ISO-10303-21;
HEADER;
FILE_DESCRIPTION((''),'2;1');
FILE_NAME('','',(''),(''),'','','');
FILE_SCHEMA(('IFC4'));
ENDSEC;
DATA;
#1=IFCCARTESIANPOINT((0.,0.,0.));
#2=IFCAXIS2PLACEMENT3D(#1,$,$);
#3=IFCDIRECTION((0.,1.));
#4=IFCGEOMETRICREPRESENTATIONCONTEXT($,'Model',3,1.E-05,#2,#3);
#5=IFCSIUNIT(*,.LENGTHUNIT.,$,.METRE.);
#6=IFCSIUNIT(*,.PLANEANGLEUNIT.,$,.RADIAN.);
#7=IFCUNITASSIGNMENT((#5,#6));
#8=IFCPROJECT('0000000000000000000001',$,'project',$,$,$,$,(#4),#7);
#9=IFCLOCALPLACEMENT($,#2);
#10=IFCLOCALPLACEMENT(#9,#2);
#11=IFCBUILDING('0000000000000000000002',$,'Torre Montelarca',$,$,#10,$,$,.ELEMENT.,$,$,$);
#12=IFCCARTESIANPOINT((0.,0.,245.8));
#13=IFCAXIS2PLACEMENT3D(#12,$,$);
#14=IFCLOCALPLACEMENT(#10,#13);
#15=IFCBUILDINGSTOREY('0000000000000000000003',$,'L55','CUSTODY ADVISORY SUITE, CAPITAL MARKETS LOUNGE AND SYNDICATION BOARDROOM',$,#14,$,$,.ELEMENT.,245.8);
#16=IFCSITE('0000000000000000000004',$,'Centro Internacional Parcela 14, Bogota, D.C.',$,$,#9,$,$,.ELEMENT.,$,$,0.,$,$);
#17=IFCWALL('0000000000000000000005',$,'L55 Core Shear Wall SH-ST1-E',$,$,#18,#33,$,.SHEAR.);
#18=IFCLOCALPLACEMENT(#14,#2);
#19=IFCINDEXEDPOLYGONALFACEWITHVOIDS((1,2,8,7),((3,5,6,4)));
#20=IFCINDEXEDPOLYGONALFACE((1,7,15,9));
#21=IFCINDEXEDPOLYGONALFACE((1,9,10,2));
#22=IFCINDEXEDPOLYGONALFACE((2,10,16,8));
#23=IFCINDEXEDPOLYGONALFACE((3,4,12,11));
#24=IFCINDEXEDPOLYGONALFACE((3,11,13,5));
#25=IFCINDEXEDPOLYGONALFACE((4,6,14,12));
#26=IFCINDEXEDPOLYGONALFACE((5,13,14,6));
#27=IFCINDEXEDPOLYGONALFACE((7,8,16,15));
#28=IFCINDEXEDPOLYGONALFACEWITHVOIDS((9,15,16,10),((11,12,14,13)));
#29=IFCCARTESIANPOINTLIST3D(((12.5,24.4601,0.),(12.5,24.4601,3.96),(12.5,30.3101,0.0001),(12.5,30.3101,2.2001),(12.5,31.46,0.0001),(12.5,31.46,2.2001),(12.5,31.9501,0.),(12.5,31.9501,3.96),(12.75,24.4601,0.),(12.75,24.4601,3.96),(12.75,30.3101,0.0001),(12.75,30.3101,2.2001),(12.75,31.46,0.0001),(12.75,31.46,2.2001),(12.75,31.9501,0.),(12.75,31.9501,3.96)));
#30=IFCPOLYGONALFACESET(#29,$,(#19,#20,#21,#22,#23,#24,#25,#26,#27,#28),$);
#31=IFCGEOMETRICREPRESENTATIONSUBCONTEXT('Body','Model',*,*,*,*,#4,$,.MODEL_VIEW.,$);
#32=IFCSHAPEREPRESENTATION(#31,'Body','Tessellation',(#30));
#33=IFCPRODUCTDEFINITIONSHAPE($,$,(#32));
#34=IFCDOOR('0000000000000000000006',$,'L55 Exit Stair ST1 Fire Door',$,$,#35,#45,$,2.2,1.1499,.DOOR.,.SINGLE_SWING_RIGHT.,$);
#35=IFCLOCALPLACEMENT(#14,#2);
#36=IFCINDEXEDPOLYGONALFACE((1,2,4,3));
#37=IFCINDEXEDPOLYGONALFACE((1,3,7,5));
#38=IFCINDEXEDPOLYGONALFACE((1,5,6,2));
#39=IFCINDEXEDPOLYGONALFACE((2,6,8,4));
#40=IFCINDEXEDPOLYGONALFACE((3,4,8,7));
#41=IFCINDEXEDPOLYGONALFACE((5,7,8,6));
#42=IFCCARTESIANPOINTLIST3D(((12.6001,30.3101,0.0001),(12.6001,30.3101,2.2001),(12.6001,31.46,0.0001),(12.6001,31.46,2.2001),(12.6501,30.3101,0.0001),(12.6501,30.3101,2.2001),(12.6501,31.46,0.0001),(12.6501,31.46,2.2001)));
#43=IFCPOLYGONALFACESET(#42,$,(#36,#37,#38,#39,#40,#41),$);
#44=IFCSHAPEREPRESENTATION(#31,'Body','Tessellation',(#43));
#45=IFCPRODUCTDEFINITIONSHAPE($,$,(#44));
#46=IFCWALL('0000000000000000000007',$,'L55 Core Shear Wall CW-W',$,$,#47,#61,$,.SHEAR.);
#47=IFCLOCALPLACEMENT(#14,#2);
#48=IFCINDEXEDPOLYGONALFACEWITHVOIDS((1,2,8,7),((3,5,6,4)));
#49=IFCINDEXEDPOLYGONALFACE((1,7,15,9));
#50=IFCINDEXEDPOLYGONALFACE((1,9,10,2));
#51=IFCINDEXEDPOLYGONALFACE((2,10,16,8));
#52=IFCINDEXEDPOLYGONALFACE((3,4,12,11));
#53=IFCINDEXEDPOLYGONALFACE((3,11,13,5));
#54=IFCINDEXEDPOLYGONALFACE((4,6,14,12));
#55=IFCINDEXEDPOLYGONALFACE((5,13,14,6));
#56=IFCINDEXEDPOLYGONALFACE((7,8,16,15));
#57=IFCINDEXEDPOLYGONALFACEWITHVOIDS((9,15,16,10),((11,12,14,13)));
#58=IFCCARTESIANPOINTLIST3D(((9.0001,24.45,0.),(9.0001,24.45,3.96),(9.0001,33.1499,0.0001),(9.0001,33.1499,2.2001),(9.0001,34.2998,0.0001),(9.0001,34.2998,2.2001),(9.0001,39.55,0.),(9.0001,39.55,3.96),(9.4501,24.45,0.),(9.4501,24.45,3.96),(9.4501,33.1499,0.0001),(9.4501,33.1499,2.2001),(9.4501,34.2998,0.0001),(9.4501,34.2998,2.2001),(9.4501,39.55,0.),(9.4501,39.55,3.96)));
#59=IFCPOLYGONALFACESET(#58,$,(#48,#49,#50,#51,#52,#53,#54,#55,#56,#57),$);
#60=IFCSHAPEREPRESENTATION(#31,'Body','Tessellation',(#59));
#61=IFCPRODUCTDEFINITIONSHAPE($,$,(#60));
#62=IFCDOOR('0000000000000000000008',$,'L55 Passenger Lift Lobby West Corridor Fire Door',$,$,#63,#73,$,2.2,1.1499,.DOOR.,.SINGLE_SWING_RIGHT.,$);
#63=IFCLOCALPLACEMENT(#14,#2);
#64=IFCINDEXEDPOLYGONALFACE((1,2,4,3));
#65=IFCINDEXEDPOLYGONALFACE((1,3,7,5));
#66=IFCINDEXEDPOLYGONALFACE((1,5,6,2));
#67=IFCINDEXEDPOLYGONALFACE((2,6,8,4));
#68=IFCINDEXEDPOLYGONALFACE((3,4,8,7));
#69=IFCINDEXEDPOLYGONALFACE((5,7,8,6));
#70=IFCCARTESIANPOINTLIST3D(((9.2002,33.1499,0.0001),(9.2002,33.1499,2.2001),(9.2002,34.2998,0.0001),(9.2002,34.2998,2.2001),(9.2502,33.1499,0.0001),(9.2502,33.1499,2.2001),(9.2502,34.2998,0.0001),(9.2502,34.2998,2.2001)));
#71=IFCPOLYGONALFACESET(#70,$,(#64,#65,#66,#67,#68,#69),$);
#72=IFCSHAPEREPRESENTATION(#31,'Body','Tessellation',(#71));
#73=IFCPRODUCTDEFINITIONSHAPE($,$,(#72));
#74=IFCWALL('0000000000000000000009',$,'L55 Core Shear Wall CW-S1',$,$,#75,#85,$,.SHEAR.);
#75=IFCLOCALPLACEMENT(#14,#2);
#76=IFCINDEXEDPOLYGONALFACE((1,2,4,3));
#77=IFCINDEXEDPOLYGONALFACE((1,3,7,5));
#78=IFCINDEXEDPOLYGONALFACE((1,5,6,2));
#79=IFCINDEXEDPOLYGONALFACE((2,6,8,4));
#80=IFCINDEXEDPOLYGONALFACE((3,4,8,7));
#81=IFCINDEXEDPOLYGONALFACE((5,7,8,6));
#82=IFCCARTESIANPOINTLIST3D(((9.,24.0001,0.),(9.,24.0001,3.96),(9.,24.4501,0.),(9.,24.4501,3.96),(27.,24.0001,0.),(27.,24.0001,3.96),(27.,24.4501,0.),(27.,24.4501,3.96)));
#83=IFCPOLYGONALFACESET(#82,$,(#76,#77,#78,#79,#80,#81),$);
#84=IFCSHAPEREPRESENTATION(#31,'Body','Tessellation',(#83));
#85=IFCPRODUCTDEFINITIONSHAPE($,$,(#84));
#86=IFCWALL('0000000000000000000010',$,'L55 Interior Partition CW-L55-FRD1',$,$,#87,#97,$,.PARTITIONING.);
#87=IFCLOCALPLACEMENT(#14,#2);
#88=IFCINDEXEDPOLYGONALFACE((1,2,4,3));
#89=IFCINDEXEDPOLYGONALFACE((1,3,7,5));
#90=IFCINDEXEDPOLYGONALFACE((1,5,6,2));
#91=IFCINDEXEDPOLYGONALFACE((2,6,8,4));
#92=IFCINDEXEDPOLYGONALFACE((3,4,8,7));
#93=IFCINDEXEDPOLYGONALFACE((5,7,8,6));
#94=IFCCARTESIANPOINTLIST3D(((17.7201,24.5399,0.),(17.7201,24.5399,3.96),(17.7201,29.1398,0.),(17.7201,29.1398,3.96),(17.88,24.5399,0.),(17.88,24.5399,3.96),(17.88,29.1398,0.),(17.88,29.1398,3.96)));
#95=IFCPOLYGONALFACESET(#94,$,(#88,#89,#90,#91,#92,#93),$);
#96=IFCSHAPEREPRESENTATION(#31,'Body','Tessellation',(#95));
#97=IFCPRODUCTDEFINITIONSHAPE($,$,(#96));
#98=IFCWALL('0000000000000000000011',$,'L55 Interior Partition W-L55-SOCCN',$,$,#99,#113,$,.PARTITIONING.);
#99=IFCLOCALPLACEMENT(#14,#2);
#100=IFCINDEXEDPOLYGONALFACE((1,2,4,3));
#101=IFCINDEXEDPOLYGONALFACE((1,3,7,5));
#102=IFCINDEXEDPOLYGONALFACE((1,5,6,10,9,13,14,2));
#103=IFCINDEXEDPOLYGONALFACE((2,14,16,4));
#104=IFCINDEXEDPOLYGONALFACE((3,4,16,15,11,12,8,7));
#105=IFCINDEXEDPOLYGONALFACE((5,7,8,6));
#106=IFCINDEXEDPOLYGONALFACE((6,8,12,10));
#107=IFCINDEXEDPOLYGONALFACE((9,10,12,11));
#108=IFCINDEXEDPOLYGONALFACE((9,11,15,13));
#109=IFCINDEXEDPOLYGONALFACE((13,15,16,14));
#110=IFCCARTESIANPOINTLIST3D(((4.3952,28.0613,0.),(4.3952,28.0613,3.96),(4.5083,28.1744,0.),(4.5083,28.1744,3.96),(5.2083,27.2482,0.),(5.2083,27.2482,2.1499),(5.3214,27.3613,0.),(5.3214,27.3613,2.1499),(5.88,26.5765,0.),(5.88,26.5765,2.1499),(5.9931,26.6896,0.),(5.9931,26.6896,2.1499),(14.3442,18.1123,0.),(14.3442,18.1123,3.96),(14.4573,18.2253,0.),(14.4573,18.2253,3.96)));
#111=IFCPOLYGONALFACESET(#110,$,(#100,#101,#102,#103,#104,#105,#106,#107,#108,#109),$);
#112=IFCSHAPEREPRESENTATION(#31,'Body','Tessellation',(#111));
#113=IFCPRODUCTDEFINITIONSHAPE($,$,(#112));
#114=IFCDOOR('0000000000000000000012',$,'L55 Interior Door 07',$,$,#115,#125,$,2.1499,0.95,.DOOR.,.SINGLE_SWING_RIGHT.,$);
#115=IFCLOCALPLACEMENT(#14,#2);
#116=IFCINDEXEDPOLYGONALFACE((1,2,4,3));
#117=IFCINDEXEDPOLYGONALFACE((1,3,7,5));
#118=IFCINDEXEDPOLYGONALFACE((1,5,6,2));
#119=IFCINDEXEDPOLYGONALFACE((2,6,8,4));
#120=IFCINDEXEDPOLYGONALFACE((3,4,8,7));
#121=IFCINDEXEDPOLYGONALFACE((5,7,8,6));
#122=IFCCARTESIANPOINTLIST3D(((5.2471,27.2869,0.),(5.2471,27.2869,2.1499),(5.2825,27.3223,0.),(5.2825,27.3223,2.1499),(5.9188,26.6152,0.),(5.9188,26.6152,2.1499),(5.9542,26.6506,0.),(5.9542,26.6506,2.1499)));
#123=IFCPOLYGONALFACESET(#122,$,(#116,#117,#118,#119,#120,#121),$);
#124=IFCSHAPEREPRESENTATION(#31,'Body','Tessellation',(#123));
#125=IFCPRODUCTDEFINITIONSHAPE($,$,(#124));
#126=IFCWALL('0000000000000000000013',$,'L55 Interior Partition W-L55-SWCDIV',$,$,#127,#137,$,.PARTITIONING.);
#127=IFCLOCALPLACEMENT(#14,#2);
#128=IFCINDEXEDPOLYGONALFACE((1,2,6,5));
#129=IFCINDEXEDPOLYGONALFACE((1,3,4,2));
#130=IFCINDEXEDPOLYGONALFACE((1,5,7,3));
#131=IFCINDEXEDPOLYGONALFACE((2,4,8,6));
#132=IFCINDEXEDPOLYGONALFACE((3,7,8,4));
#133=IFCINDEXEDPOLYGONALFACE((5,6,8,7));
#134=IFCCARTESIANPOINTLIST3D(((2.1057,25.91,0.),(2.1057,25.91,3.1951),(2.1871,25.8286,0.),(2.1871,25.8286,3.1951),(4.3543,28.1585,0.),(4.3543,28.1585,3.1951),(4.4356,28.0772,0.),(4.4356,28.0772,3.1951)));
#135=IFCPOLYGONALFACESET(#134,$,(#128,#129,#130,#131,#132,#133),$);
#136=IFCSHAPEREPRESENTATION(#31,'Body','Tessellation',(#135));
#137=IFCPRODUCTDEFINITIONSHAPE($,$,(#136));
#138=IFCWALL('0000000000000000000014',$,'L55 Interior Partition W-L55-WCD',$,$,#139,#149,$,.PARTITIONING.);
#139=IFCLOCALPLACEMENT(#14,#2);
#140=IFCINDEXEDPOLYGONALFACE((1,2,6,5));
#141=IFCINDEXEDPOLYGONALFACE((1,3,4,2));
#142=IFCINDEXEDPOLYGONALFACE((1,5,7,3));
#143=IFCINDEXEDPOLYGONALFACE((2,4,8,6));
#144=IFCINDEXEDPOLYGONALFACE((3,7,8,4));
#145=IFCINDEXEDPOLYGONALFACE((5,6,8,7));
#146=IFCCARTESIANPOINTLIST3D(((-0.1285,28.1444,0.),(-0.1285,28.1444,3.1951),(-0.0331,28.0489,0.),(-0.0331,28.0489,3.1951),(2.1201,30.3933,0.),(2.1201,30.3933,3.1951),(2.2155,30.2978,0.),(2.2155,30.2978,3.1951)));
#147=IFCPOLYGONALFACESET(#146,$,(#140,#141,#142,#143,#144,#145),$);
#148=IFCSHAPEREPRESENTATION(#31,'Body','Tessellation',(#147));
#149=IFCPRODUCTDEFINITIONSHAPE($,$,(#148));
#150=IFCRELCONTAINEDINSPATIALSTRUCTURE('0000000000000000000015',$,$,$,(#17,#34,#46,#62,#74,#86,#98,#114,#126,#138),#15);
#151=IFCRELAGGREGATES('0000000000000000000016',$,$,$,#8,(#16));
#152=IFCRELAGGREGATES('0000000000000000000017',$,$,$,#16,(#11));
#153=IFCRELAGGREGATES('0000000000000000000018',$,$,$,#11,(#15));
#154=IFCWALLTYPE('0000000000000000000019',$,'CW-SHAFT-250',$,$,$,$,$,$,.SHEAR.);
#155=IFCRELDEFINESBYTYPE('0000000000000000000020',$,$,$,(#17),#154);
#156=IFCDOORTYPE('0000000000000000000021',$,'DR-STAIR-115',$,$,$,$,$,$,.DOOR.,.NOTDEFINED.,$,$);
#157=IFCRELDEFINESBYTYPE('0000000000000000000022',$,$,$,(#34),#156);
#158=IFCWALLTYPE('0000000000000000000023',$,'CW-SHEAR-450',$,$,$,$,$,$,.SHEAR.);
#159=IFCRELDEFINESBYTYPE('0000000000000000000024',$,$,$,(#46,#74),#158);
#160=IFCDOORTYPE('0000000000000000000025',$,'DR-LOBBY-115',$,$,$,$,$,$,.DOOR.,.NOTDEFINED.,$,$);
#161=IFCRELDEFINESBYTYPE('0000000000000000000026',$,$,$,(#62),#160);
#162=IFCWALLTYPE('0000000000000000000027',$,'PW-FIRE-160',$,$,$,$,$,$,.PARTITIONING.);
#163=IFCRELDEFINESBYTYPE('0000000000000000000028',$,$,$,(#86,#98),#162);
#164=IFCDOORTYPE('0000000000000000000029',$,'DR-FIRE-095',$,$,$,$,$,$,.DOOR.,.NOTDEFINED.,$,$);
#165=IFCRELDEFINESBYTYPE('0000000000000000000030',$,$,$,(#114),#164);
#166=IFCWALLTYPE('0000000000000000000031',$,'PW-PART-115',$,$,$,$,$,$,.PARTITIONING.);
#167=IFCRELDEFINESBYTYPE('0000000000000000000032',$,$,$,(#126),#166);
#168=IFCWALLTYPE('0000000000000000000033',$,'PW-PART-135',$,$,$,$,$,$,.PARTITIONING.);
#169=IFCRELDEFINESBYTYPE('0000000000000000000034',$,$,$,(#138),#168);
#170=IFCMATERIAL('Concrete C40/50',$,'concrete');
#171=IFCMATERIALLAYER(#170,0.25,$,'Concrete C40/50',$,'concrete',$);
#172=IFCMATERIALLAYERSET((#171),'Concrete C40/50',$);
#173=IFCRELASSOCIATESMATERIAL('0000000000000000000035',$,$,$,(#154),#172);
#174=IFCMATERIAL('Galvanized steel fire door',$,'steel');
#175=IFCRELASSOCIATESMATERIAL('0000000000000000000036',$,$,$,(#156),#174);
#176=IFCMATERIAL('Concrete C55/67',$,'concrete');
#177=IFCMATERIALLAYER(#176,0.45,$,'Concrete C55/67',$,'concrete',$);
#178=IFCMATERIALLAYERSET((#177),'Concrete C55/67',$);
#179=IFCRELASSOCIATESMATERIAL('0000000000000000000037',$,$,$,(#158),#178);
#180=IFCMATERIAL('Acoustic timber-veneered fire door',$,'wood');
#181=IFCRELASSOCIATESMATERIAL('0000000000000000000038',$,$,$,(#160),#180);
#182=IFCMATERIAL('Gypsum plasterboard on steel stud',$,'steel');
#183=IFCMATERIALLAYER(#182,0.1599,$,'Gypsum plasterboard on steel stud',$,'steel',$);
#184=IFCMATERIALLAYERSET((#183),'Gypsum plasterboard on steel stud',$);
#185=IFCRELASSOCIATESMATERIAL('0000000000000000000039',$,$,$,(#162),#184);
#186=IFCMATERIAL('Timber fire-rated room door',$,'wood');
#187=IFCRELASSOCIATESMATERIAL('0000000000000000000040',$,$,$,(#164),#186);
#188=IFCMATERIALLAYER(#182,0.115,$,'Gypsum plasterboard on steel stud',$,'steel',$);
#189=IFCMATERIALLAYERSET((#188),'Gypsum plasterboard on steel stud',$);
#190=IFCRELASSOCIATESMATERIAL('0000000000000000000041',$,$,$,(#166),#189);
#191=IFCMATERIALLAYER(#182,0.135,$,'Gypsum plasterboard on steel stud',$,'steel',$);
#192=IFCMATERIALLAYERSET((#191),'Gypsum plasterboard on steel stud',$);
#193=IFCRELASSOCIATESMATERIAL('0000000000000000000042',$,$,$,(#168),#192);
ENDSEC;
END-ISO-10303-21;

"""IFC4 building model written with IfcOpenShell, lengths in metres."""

from ifc_helpers import new_model, si_unit, direction, frame, frame_2d, origin, place, context, subcontext, project, spatial, rectangle, extrude, source, transform, mapped, material, layer, layer_set, type_object, element, fill, save


model = new_model("IFC4")

# Units and contexts
model_context = context("Model", 3, precision=1e-05, world=origin(), true_north=direction((0.0, 1.0)))
body_context = subcontext(model_context, "Body", "Model", "MODEL_VIEW")
ifc_project = project(units=[si_unit("LENGTHUNIT", "METRE"), si_unit("PLANEANGLEUNIT", "RADIAN")], contexts=[model_context])

# Site, building, storey
site_placement = place(None, origin())
site = spatial("IfcSite", under=ifc_project, at=site_placement, Name="Centro Internacional Parcela 14, Bogota, D.C.", CompositionType="ELEMENT", RefElevation=0.0)
building_placement = place(site_placement, origin())
building = spatial("IfcBuilding", under=site, at=building_placement, Name="Torre Montelarca", CompositionType="ELEMENT")
storey_placement = place(building_placement, frame((0.0, 0.0, 245.8)))
storey = spatial("IfcBuildingStorey", under=building, at=storey_placement, Name="L55", Description="CUSTODY ADVISORY SUITE, CAPITAL MARKETS LOUNGE AND SYNDICATION BOARDROOM", CompositionType="ELEMENT", Elevation=245.8)

# Shared definitions
ifc_material_1 = material(Name="Concrete C55/67", Category="concrete")

# Walls, openings, doors
ifc_material_2 = material(Name="Concrete C40/50", Category="concrete")
ifc_layer_1 = layer(ifc_material_2, 0.25, Name="Concrete C40/50", Category="concrete")
ifc_layer_set_1 = layer_set([ifc_layer_1], Name="Concrete C40/50")
wall_type_1 = type_object("IfcWallType", Name="CW-SHAFT-250", PredefinedType="SHEAR", material=ifc_layer_set_1)
wall_1_placement = place(storey_placement, frame((12.625, 24.46, 0.0), z_axis=(0.0, 0.0, 1.0), x_axis=(0.0, 1.0, 0.0)))
wall_1 = element("IfcWall", 1, at=wall_1_placement, inside=storey, type_object=wall_type_1, Name="L55 Core Shear Wall SH-ST1-E", PredefinedType="SHEAR", context=body_context, shape_type="SweptSolid", body=[
    extrude(rectangle(XDim=7.49, YDim=0.25, at=frame_2d((3.7451, 0.0))), origin(), (0.0, 0.0, 1.0), 3.96),
])
opening_1_placement = place(wall_1_placement, frame((5.8501, 0.0, 0.0)))
opening_1 = element("IfcOpeningElement", 2, at=opening_1_placement, cuts=wall_1, PredefinedType="OPENING", context=body_context, shape_type="SweptSolid", body=[
    extrude(rectangle(XDim=1.1499, YDim=2.2, at=frame_2d((0.575, 1.1001))), frame((0.0, 0.135, 0.0), z_axis=(0.0, -1.0, 0.0), x_axis=(1.0, 0.0, 0.0)), (0.0, 0.0, 1.0), 0.27),
])
ifc_material_3 = material(Name="Galvanized steel fire door", Category="steel")
door_type_1 = type_object("IfcDoorType", Name="DR-STAIR-115", OperationType="NOTDEFINED", PredefinedType="DOOR", material=ifc_material_3)
shared_shape_1 = source(origin(), body_context, "Body", "SweptSolid", [
    extrude(rectangle(XDim=1.1499, YDim=2.2, at=frame_2d((0.575, 1.1001))), frame((0.0, 0.0249, 0.0), z_axis=(0.0, -1.0, 0.0), x_axis=(1.0, 0.0, 0.0)), (0.0, 0.0, 1.0), 0.05),
])
door_1_placement = place(opening_1_placement, origin())
door_1 = element("IfcDoor", 3, at=door_1_placement, inside=storey, type_object=door_type_1, Name="L55 Exit Stair ST1 Fire Door", OperationType="SINGLE_SWING_RIGHT", OverallHeight=2.2, OverallWidth=1.1499, PredefinedType="DOOR", context=body_context, shape_type="MappedRepresentation", body=[
    mapped(shared_shape_1, transform((0.0, 0.0, 0.0), scale=1.0)),
])
fill(opening_1, door_1)
ifc_layer_2 = layer(ifc_material_1, 0.45, Name="Concrete C55/67", Category="concrete")
ifc_layer_set_2 = layer_set([ifc_layer_2], Name="Concrete C55/67")
wall_type_2 = type_object("IfcWallType", Name="CW-SHEAR-450", PredefinedType="SHEAR", material=ifc_layer_set_2)
wall_2_placement = place(storey_placement, frame((9.2251, 24.45, 0.0), z_axis=(0.0, 0.0, 1.0), x_axis=(0.0, 1.0, 0.0)))
wall_2 = element("IfcWall", 4, at=wall_2_placement, inside=storey, type_object=wall_type_2, Name="L55 Core Shear Wall CW-W", PredefinedType="SHEAR", context=body_context, shape_type="SweptSolid", body=[
    extrude(rectangle(XDim=15.1001, YDim=0.45, at=frame_2d((7.55, 0.0))), origin(), (0.0, 0.0, 1.0), 3.96),
])
opening_2_placement = place(wall_2_placement, frame((8.7, 0.0, 0.0)))
opening_2 = element("IfcOpeningElement", 5, at=opening_2_placement, cuts=wall_2, PredefinedType="OPENING", context=body_context, shape_type="SweptSolid", body=[
    extrude(rectangle(XDim=1.1499, YDim=2.2, at=frame_2d((0.575, 1.1001))), frame((0.0, 0.2349, 0.0), z_axis=(0.0, -1.0, 0.0), x_axis=(1.0, 0.0, 0.0)), (0.0, 0.0, 1.0), 0.47),
])
ifc_material_4 = material(Name="Acoustic timber-veneered fire door", Category="wood")
door_type_2 = type_object("IfcDoorType", Name="DR-LOBBY-115", OperationType="NOTDEFINED", PredefinedType="DOOR", material=ifc_material_4)
shared_shape_2 = source(origin(), body_context, "Body", "SweptSolid", [
    extrude(rectangle(XDim=1.1499, YDim=2.2, at=frame_2d((0.575, 1.1001))), frame((0.0, 0.0249, 0.0), z_axis=(0.0, -1.0, 0.0), x_axis=(1.0, 0.0, 0.0)), (0.0, 0.0, 1.0), 0.05),
])
door_2_placement = place(opening_2_placement, origin())
door_2 = element("IfcDoor", 6, at=door_2_placement, inside=storey, type_object=door_type_2, Name="L55 Passenger Lift Lobby West Corridor Fire Door", OperationType="SINGLE_SWING_RIGHT", OverallHeight=2.2, OverallWidth=1.1499, PredefinedType="DOOR", context=body_context, shape_type="MappedRepresentation", body=[
    mapped(shared_shape_2, transform((0.0, 0.0, 0.0), scale=1.0)),
])
fill(opening_2, door_2)

# Walls
wall_3_placement = place(storey_placement, frame((9.0, 24.2251, 0.0), z_axis=(0.0, 0.0, 1.0), x_axis=(1.0, 0.0, 0.0)))
element("IfcWall", 7, at=wall_3_placement, inside=storey, type_object=wall_type_2, Name="L55 Core Shear Wall CW-S1", PredefinedType="SHEAR", context=body_context, shape_type="SweptSolid", body=[
    extrude(rectangle(XDim=18.0, YDim=0.45, at=frame_2d((9.0, 0.0))), origin(), (0.0, 0.0, 1.0), 3.96),
])
ifc_material_5 = material(Name="Gypsum plasterboard on steel stud", Category="steel")
ifc_layer_3 = layer(ifc_material_5, 0.1599, Name="Gypsum plasterboard on steel stud", Category="steel")
ifc_layer_set_3 = layer_set([ifc_layer_3], Name="Gypsum plasterboard on steel stud")
wall_type_3 = type_object("IfcWallType", Name="PW-FIRE-160", PredefinedType="PARTITIONING", material=ifc_layer_set_3)
wall_4_placement = place(storey_placement, frame((17.8, 24.54, 0.0), z_axis=(0.0, 0.0, 1.0), x_axis=(0.0, 1.0, 0.0)))
element("IfcWall", 8, at=wall_4_placement, inside=storey, type_object=wall_type_3, Name="L55 Interior Partition CW-L55-FRD1", PredefinedType="PARTITIONING", context=body_context, shape_type="SweptSolid", body=[
    extrude(rectangle(XDim=4.5999, YDim=0.1599, at=frame_2d((2.2998, 0.0))), origin(), (0.0, 0.0, 1.0), 3.96),
])

# Wall, opening, door
wall_5_placement = place(storey_placement, frame((4.4517, 28.1179, 0.0), z_axis=(0.0, 0.0, 1.0), x_axis=(0.707107, -0.707107, 0.0)))
wall_5 = element("IfcWall", 9, at=wall_5_placement, inside=storey, type_object=wall_type_3, Name="L55 Interior Partition W-L55-SOCCN", PredefinedType="PARTITIONING", context=body_context, shape_type="SweptSolid", body=[
    extrude(rectangle(XDim=14.0701, YDim=0.1599, at=frame_2d((7.0352, 0.0))), origin(), (0.0, 0.0, 1.0), 3.96),
])
opening_3_placement = place(wall_5_placement, frame((1.1499, 0.0, 0.0)))
opening_3 = element("IfcOpeningElement", 10, at=opening_3_placement, cuts=wall_5, PredefinedType="OPENING", context=body_context, shape_type="SweptSolid", body=[
    extrude(rectangle(XDim=0.95, YDim=2.1499, at=frame_2d((0.4751, 1.075))), frame((0.0, 0.0898, 0.0), z_axis=(0.0, -1.0, 0.0), x_axis=(1.0, 0.0, 0.0)), (0.0, 0.0, 1.0), 0.1799),
])
ifc_material_6 = material(Name="Timber fire-rated room door", Category="wood")
door_type_3 = type_object("IfcDoorType", Name="DR-FIRE-095", OperationType="NOTDEFINED", PredefinedType="DOOR", material=ifc_material_6)
shared_shape_3 = source(origin(), body_context, "Body", "SweptSolid", [
    extrude(rectangle(XDim=0.95, YDim=2.1499, at=frame_2d((0.4751, 1.075))), frame((0.0, 0.0249, 0.0), z_axis=(0.0, -1.0, 0.0), x_axis=(1.0, 0.0, 0.0)), (0.0, 0.0, 1.0), 0.05),
])
door_3_placement = place(opening_3_placement, origin())
door_3 = element("IfcDoor", 11, at=door_3_placement, inside=storey, type_object=door_type_3, Name="L55 Interior Door 07", OperationType="SINGLE_SWING_RIGHT", OverallHeight=2.1499, OverallWidth=0.95, PredefinedType="DOOR", context=body_context, shape_type="MappedRepresentation", body=[
    mapped(shared_shape_3, transform((0.0, 0.0, 0.0), scale=1.0)),
])
fill(opening_3, door_3)

# Walls
ifc_layer_4 = layer(ifc_material_5, 0.115, Name="Gypsum plasterboard on steel stud", Category="steel")
ifc_layer_set_4 = layer_set([ifc_layer_4], Name="Gypsum plasterboard on steel stud")
wall_type_4 = type_object("IfcWallType", Name="PW-PART-115", PredefinedType="PARTITIONING", material=ifc_layer_set_4)
wall_6_placement = place(storey_placement, frame((2.1465, 25.8694, 0.0), z_axis=(0.0, 0.0, 1.0), x_axis=(0.707107, 0.707107, 0.0)))
element("IfcWall", 12, at=wall_6_placement, inside=storey, type_object=wall_type_4, Name="L55 Interior Partition W-L55-SWCDIV", PredefinedType="PARTITIONING", context=body_context, shape_type="SweptSolid", body=[
    extrude(rectangle(XDim=3.1799, YDim=0.115, at=frame_2d((1.5898, 0.0))), origin(), (0.0, 0.0, 1.0), 3.1951),
])
ifc_layer_5 = layer(ifc_material_5, 0.135, Name="Gypsum plasterboard on steel stud", Category="steel")
ifc_layer_set_5 = layer_set([ifc_layer_5], Name="Gypsum plasterboard on steel stud")
wall_type_5 = type_object("IfcWallType", Name="PW-PART-135", PredefinedType="PARTITIONING", material=ifc_layer_set_5)
wall_7_placement = place(storey_placement, frame((-0.0808, 28.0967, 0.0), z_axis=(0.0, 0.0, 1.0), x_axis=(0.707068, 0.707145, 0.0)))
element("IfcWall", 13, at=wall_7_placement, inside=storey, type_object=wall_type_5, Name="L55 Interior Partition W-L55-WCD", PredefinedType="PARTITIONING", context=body_context, shape_type="SweptSolid", body=[
    extrude(rectangle(XDim=3.1802, YDim=0.135, at=frame_2d((1.5901, 0.0))), origin(), (0.0, 0.0, 1.0), 3.1951),
])

save(model, "model.ifc")
